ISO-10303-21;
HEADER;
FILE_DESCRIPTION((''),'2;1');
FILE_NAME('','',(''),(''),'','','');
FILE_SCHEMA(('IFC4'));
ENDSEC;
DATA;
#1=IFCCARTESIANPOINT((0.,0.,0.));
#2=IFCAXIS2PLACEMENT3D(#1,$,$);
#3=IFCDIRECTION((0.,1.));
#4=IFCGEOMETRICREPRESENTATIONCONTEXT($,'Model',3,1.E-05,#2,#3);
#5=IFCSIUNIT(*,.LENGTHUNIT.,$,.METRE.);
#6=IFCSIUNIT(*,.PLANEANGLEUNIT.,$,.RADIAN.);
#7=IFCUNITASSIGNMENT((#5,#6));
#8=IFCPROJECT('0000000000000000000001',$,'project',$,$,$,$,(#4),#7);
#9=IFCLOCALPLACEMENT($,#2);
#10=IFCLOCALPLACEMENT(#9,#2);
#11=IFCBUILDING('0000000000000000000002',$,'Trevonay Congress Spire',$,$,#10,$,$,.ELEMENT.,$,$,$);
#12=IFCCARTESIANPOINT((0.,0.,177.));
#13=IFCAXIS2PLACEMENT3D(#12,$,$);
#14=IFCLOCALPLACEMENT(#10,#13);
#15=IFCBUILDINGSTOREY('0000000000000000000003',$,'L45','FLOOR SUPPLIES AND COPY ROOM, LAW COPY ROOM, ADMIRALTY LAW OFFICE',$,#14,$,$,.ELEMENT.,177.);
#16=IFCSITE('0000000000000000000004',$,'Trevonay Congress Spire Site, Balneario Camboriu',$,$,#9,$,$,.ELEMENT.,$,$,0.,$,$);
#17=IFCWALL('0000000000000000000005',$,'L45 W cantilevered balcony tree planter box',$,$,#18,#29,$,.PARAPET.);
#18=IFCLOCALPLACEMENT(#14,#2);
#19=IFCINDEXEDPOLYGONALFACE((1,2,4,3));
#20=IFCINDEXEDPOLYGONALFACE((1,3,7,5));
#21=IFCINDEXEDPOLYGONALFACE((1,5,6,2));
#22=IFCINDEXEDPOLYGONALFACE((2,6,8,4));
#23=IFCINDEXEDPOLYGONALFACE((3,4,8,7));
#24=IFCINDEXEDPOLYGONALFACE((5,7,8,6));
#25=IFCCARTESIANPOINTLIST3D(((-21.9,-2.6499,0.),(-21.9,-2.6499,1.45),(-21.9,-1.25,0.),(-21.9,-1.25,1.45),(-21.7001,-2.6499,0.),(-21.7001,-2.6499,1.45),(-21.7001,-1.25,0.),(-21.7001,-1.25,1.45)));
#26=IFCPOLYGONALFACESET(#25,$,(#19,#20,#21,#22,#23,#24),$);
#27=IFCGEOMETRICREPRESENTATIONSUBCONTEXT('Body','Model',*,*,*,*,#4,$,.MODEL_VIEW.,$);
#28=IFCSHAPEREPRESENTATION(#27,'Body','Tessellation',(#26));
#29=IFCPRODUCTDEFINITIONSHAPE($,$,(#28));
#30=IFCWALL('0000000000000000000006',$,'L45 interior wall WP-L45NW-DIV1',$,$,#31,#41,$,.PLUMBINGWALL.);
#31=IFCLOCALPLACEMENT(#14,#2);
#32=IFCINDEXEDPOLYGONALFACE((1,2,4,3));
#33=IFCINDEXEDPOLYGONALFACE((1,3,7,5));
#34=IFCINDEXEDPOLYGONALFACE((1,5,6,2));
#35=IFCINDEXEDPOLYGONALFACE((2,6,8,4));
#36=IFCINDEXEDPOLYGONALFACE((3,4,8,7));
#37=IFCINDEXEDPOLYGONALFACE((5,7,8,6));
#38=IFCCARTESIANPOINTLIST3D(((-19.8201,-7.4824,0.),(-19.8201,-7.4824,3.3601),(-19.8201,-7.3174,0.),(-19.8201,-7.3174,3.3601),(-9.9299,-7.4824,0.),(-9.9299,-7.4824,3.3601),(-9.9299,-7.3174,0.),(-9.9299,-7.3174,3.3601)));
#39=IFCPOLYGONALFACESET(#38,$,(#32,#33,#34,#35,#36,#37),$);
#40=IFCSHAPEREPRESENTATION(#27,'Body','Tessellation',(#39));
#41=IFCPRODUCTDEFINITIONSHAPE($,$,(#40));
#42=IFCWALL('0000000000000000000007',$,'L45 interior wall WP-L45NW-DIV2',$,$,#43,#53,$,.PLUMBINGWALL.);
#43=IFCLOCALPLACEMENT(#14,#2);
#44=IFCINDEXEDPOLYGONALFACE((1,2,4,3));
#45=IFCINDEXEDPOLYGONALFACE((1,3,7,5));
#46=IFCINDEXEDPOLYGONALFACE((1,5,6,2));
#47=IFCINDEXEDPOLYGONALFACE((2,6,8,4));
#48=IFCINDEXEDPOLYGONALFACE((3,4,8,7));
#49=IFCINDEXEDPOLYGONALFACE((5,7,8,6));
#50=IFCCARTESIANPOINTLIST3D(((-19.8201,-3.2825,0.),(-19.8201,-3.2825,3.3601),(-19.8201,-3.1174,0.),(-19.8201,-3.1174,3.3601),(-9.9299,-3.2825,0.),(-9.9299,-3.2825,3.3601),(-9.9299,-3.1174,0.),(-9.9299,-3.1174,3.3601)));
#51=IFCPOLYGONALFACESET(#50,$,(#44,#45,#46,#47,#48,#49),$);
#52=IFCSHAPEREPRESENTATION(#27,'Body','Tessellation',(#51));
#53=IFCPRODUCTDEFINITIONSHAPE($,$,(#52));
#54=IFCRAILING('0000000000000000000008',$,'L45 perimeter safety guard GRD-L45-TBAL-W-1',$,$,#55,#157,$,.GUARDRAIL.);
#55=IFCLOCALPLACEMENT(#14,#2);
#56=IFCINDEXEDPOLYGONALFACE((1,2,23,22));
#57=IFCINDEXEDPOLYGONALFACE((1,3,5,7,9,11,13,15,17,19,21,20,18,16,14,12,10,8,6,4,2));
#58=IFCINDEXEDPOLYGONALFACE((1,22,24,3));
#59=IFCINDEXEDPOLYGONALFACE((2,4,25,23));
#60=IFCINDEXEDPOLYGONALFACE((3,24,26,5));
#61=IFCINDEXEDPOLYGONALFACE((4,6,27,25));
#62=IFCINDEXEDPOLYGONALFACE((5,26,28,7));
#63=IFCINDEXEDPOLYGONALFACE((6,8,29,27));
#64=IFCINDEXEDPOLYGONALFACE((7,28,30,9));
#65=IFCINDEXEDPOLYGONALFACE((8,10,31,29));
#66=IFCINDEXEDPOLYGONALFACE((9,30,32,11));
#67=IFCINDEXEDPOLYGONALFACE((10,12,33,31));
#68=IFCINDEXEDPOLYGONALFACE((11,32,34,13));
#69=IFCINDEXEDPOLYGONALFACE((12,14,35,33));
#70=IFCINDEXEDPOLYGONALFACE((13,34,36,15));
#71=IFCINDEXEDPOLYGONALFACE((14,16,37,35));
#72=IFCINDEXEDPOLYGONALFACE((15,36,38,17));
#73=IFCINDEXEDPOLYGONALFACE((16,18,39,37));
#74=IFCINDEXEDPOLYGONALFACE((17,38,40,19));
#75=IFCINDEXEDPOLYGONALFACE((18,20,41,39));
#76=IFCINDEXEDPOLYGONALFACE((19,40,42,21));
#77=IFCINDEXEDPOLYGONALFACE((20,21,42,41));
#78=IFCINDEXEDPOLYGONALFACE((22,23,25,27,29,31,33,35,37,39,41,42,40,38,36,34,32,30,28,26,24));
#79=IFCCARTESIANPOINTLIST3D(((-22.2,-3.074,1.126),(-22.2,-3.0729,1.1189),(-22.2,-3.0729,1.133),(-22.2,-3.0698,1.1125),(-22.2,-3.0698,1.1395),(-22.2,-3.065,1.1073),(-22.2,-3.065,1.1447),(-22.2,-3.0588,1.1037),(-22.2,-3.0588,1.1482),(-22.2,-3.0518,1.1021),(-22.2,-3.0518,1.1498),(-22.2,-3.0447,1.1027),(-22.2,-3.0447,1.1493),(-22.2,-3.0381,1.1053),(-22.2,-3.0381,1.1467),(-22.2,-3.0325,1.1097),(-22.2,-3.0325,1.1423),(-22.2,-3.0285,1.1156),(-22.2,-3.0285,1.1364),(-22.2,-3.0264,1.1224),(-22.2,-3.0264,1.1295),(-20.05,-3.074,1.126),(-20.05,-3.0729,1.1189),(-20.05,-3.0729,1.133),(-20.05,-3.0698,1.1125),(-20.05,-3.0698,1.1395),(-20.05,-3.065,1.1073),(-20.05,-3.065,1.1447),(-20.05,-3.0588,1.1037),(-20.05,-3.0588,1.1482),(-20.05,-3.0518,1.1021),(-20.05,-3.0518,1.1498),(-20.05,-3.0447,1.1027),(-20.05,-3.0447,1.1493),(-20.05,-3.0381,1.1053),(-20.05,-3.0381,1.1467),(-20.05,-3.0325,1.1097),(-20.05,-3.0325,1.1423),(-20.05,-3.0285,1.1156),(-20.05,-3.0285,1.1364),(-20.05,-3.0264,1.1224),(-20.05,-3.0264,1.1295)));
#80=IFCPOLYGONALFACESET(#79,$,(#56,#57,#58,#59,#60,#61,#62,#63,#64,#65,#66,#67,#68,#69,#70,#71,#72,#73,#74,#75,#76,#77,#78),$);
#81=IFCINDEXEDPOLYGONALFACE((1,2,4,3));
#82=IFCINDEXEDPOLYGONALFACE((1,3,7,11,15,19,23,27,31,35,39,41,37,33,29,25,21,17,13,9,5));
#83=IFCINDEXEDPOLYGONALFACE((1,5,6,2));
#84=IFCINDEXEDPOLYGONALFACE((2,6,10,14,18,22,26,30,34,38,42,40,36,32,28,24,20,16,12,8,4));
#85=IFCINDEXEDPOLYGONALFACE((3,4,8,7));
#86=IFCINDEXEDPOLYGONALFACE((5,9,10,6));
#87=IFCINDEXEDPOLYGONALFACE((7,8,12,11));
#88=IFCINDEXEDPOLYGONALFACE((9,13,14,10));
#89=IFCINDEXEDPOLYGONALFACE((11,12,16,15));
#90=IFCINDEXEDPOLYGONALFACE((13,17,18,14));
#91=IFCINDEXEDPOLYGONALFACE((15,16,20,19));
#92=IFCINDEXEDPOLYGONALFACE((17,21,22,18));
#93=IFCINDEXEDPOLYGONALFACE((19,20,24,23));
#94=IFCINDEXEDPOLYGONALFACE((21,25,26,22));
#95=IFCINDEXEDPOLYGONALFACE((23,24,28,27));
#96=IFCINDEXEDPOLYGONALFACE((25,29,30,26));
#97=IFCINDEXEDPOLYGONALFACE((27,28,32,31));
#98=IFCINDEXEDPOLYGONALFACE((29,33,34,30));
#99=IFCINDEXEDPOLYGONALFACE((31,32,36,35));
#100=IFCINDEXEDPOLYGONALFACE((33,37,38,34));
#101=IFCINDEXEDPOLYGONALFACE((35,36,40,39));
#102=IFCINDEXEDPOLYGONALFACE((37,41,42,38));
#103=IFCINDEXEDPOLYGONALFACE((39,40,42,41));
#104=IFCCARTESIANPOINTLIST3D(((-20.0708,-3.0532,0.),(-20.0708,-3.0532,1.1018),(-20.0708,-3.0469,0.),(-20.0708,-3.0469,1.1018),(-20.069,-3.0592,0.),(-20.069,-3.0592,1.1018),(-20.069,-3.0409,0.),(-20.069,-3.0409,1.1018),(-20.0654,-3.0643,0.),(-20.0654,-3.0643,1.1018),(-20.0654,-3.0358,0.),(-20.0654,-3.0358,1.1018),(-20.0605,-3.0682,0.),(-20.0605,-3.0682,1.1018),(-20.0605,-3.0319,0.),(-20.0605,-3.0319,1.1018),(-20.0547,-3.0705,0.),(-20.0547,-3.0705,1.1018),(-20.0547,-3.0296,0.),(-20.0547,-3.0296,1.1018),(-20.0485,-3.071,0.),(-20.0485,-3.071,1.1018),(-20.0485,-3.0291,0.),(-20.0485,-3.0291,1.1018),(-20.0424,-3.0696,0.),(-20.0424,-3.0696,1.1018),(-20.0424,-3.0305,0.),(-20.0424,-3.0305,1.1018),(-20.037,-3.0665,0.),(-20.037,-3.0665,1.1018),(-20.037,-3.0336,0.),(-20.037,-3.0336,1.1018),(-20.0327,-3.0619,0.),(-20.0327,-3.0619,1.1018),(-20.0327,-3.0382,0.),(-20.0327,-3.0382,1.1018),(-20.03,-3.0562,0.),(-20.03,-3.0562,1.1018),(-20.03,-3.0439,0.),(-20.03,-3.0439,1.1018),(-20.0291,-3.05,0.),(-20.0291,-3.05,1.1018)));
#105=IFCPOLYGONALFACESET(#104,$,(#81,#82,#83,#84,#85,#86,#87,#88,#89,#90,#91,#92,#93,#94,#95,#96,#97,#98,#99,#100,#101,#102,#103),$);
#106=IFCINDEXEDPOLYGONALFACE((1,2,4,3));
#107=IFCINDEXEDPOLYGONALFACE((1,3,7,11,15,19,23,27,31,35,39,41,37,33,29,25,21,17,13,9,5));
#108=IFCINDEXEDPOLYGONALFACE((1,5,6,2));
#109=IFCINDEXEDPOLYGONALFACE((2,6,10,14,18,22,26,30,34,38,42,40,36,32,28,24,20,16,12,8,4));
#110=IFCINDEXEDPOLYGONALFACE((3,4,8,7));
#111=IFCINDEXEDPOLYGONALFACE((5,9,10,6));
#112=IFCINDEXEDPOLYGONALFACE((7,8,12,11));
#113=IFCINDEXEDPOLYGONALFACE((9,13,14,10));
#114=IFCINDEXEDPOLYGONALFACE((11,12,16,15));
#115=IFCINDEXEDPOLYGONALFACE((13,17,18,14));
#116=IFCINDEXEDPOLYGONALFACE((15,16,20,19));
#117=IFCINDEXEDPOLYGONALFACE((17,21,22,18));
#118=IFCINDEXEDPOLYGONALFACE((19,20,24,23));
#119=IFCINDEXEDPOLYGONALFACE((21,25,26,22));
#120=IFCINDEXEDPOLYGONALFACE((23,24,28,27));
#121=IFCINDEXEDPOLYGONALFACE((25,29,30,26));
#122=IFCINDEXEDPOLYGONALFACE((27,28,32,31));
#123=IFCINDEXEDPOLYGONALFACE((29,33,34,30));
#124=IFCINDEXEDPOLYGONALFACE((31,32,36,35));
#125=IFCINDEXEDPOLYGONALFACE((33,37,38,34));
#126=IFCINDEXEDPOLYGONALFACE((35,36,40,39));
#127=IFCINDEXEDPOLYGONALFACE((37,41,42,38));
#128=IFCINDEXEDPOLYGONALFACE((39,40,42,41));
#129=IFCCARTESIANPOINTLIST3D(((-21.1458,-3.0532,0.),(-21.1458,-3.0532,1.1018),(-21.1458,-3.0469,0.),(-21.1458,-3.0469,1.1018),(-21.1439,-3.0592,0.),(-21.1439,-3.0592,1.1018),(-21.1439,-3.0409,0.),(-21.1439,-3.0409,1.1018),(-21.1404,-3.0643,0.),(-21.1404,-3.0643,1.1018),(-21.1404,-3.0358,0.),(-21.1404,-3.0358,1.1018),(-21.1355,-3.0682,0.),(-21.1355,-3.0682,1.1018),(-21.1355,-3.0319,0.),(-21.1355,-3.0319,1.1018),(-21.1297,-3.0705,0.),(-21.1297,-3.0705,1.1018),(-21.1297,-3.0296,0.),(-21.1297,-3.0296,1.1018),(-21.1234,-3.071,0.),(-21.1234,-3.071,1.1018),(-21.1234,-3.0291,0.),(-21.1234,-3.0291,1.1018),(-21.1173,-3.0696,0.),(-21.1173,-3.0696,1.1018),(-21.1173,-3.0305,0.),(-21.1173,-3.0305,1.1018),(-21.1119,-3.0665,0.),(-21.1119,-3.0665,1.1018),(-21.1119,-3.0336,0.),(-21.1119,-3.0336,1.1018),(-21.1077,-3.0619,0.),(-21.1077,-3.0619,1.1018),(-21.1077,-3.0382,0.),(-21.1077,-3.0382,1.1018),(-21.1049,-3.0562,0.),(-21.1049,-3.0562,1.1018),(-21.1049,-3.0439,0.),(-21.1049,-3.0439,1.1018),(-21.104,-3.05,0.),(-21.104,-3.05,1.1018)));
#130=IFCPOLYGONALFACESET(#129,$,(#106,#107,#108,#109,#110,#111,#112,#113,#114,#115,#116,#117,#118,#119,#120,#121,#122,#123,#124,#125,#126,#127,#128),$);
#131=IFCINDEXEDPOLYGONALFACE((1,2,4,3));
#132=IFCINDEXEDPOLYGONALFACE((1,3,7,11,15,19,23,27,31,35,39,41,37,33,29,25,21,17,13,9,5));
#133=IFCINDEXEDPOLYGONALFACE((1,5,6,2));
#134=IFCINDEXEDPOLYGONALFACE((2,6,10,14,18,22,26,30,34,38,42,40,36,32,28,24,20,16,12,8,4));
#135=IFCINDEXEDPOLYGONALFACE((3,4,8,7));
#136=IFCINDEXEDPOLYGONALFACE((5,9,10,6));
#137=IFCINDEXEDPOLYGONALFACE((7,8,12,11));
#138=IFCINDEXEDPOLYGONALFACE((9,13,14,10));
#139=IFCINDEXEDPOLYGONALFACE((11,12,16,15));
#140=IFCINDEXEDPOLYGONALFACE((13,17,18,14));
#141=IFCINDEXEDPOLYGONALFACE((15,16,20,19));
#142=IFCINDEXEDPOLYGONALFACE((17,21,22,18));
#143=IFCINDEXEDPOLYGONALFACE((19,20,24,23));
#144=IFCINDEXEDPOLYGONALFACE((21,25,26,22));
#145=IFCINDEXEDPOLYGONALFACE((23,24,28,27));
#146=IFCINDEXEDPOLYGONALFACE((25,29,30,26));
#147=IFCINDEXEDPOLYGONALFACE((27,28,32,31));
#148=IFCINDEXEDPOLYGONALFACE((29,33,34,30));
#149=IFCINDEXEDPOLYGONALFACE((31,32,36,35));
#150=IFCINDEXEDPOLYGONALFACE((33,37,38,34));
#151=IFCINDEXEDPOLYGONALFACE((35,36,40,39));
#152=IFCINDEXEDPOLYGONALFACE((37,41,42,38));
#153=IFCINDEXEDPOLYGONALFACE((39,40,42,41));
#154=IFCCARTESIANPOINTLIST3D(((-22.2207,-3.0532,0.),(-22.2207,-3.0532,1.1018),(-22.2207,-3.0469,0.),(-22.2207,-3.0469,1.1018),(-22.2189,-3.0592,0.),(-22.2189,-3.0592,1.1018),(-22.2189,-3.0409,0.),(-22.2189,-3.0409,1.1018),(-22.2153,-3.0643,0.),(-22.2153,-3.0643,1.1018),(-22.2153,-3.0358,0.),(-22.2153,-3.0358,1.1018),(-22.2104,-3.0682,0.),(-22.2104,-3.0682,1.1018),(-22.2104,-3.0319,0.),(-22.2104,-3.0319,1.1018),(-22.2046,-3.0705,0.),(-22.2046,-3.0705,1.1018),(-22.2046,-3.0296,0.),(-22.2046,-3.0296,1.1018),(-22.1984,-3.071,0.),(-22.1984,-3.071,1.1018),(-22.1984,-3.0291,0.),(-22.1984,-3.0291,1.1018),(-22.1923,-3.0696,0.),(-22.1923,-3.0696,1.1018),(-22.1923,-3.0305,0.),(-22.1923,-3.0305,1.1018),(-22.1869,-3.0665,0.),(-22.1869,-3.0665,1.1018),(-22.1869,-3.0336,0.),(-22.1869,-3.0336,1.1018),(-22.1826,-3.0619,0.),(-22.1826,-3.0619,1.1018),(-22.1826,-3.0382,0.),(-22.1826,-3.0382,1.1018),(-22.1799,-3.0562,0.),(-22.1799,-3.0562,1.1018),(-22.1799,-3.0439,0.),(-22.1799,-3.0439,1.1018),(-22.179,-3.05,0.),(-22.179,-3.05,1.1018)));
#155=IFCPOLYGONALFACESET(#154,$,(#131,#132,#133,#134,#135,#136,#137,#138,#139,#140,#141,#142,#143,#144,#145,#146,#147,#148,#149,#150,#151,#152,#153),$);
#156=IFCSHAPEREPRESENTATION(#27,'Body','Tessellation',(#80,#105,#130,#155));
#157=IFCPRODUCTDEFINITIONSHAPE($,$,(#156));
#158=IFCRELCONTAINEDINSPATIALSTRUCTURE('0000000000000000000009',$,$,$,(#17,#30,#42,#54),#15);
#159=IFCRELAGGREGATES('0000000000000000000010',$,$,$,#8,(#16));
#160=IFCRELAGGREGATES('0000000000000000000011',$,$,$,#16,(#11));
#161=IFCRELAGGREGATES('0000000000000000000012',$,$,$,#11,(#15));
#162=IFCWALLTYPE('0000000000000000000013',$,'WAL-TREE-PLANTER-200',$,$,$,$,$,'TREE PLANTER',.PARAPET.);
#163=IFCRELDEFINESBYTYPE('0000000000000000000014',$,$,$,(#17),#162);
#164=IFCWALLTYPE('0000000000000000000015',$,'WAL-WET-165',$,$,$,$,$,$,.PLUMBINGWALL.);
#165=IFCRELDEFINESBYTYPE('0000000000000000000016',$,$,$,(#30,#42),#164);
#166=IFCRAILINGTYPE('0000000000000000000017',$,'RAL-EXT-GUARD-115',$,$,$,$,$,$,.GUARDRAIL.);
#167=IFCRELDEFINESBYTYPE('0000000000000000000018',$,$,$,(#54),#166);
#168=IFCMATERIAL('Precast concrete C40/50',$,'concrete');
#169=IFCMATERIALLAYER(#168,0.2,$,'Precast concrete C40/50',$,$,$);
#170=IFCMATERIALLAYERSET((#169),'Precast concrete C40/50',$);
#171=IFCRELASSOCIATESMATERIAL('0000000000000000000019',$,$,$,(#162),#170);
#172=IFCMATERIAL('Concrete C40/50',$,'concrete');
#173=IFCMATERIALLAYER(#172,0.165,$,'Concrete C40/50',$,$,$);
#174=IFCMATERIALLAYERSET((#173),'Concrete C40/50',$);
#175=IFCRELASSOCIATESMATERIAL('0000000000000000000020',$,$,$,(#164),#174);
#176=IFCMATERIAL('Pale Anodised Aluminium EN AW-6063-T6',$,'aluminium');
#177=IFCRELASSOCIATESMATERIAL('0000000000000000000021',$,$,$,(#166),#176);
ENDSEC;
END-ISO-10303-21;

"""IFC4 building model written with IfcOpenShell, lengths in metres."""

from ifc_helpers import new_model, si_unit, direction, frame, frame_2d, origin, origin_2d, place, context, subcontext, project, spatial, rectangle, circle, extrude, material, layer, layer_set, type_object, element, save


model = new_model("IFC4")

# Units and contexts
model_context = context("Model", 3, precision=1e-05, world=origin(), true_north=direction((0.0, 1.0)))
body_context = subcontext(model_context, "Body", "Model", "MODEL_VIEW")
ifc_project = project(units=[si_unit("LENGTHUNIT", "METRE"), si_unit("PLANEANGLEUNIT", "RADIAN")], contexts=[model_context])

# Site, building, storey
site_placement = place(None, origin())
site = spatial("IfcSite", under=ifc_project, at=site_placement, Name="Trevonay Congress Spire Site, Balneario Camboriu", CompositionType="ELEMENT", RefElevation=0.0)
building_placement = place(site_placement, origin())
building = spatial("IfcBuilding", under=site, at=building_placement, Name="Trevonay Congress Spire", CompositionType="ELEMENT")
storey_placement = place(building_placement, frame((0.0, 0.0, 177.0)))
storey = spatial("IfcBuildingStorey", under=building, at=storey_placement, Name="L45", Description="FLOOR SUPPLIES AND COPY ROOM, LAW COPY ROOM, ADMIRALTY LAW OFFICE", CompositionType="ELEMENT", Elevation=177.0)

# Shared definitions
ifc_material_1 = material(Name="Pale Anodised Aluminium EN AW-6063-T6", Category="aluminium")

# Shared definitions
ifc_material_2 = material(Name="Concrete C40/50", Category="concrete")

# Shared definitions
ifc_material_3 = material(Name="Precast concrete C40/50", Category="concrete")

# Walls
ifc_layer_1 = layer(ifc_material_3, 0.2, Name="Precast concrete C40/50")
ifc_layer_set_1 = layer_set([ifc_layer_1], Name="Precast concrete C40/50")
wall_type_1 = type_object("IfcWallType", Name="WAL-TREE-PLANTER-200", ElementType="TREE PLANTER", PredefinedType="PARAPET", material=ifc_layer_set_1)
wall_1_placement = place(storey_placement, frame((-21.8, -2.6499, 0.0), z_axis=(0.0, 0.0, 1.0), x_axis=(0.0, 1.0, 0.0)))
element("IfcWall", 1, at=wall_1_placement, inside=storey, type_object=wall_type_1, Name="L45 W cantilevered balcony tree planter box", PredefinedType="PARAPET", context=body_context, shape_type="SweptSolid", body=[
    extrude(rectangle(XDim=1.3999, YDim=0.2, at=frame_2d((0.7, 0.0))), origin(), (0.0, 0.0, 1.0), 1.45),
])
ifc_layer_2 = layer(ifc_material_2, 0.165, Name="Concrete C40/50")
ifc_layer_set_2 = layer_set([ifc_layer_2], Name="Concrete C40/50")
wall_type_2 = type_object("IfcWallType", Name="WAL-WET-165", PredefinedType="PLUMBINGWALL", material=ifc_layer_set_2)
for number, where, z_axis, x_axis, name in (
    (2, (-19.8201, -7.3999, 0.0), (0.0, 0.0, 1.0), (1.0, 0.0, 0.0), "L45 interior wall WP-L45NW-DIV1"),
    (3, (-19.8201, -3.2, 0.0), (0.0, 0.0, 1.0), (1.0, 0.0, 0.0), "L45 interior wall WP-L45NW-DIV2"),
):
    element("IfcWall", number, at=place(storey_placement, frame(where, z_axis=z_axis, x_axis=x_axis)), inside=storey, type_object=wall_type_2, Name=name, PredefinedType="PLUMBINGWALL", context=body_context, shape_type="SweptSolid", body=[
        extrude(rectangle(XDim=9.8901, YDim=0.165, at=frame_2d((4.9451, 0.0))), origin(), (0.0, 0.0, 1.0), 3.3601),
    ])

# Railing
railing_type = type_object("IfcRailingType", Name="RAL-EXT-GUARD-115", PredefinedType="GUARDRAIL", material=ifc_material_1)
railing_1_placement = place(storey_placement, frame((-20.05, -3.05, 0.0)))
element("IfcRailing", 4, at=railing_1_placement, inside=storey, type_object=railing_type, Name="L45 perimeter safety guard GRD-L45-TBAL-W-1", PredefinedType="GUARDRAIL", context=body_context, shape_type="SweptSolid", body=[
    extrude(circle(Radius=0.0239, at=origin_2d()), frame((0.0, 0.0, 1.126), z_axis=(-1.0, 0.0, 0.0), x_axis=(0.0, -1.0, 0.0)), (0.0, 0.0, 1.0), 2.1499),
    extrude(circle(Radius=0.021, at=origin_2d()), origin(), (0.0, 0.0, 1.0), 1.1018),
    extrude(circle(Radius=0.021, at=origin_2d()), frame((-1.075, 0.0, 0.0)), (0.0, 0.0, 1.0), 1.1018),
    extrude(circle(Radius=0.021, at=origin_2d()), frame((-2.1499, 0.0, 0.0)), (0.0, 0.0, 1.0), 1.1018),
])

save(model, "model.ifc")
